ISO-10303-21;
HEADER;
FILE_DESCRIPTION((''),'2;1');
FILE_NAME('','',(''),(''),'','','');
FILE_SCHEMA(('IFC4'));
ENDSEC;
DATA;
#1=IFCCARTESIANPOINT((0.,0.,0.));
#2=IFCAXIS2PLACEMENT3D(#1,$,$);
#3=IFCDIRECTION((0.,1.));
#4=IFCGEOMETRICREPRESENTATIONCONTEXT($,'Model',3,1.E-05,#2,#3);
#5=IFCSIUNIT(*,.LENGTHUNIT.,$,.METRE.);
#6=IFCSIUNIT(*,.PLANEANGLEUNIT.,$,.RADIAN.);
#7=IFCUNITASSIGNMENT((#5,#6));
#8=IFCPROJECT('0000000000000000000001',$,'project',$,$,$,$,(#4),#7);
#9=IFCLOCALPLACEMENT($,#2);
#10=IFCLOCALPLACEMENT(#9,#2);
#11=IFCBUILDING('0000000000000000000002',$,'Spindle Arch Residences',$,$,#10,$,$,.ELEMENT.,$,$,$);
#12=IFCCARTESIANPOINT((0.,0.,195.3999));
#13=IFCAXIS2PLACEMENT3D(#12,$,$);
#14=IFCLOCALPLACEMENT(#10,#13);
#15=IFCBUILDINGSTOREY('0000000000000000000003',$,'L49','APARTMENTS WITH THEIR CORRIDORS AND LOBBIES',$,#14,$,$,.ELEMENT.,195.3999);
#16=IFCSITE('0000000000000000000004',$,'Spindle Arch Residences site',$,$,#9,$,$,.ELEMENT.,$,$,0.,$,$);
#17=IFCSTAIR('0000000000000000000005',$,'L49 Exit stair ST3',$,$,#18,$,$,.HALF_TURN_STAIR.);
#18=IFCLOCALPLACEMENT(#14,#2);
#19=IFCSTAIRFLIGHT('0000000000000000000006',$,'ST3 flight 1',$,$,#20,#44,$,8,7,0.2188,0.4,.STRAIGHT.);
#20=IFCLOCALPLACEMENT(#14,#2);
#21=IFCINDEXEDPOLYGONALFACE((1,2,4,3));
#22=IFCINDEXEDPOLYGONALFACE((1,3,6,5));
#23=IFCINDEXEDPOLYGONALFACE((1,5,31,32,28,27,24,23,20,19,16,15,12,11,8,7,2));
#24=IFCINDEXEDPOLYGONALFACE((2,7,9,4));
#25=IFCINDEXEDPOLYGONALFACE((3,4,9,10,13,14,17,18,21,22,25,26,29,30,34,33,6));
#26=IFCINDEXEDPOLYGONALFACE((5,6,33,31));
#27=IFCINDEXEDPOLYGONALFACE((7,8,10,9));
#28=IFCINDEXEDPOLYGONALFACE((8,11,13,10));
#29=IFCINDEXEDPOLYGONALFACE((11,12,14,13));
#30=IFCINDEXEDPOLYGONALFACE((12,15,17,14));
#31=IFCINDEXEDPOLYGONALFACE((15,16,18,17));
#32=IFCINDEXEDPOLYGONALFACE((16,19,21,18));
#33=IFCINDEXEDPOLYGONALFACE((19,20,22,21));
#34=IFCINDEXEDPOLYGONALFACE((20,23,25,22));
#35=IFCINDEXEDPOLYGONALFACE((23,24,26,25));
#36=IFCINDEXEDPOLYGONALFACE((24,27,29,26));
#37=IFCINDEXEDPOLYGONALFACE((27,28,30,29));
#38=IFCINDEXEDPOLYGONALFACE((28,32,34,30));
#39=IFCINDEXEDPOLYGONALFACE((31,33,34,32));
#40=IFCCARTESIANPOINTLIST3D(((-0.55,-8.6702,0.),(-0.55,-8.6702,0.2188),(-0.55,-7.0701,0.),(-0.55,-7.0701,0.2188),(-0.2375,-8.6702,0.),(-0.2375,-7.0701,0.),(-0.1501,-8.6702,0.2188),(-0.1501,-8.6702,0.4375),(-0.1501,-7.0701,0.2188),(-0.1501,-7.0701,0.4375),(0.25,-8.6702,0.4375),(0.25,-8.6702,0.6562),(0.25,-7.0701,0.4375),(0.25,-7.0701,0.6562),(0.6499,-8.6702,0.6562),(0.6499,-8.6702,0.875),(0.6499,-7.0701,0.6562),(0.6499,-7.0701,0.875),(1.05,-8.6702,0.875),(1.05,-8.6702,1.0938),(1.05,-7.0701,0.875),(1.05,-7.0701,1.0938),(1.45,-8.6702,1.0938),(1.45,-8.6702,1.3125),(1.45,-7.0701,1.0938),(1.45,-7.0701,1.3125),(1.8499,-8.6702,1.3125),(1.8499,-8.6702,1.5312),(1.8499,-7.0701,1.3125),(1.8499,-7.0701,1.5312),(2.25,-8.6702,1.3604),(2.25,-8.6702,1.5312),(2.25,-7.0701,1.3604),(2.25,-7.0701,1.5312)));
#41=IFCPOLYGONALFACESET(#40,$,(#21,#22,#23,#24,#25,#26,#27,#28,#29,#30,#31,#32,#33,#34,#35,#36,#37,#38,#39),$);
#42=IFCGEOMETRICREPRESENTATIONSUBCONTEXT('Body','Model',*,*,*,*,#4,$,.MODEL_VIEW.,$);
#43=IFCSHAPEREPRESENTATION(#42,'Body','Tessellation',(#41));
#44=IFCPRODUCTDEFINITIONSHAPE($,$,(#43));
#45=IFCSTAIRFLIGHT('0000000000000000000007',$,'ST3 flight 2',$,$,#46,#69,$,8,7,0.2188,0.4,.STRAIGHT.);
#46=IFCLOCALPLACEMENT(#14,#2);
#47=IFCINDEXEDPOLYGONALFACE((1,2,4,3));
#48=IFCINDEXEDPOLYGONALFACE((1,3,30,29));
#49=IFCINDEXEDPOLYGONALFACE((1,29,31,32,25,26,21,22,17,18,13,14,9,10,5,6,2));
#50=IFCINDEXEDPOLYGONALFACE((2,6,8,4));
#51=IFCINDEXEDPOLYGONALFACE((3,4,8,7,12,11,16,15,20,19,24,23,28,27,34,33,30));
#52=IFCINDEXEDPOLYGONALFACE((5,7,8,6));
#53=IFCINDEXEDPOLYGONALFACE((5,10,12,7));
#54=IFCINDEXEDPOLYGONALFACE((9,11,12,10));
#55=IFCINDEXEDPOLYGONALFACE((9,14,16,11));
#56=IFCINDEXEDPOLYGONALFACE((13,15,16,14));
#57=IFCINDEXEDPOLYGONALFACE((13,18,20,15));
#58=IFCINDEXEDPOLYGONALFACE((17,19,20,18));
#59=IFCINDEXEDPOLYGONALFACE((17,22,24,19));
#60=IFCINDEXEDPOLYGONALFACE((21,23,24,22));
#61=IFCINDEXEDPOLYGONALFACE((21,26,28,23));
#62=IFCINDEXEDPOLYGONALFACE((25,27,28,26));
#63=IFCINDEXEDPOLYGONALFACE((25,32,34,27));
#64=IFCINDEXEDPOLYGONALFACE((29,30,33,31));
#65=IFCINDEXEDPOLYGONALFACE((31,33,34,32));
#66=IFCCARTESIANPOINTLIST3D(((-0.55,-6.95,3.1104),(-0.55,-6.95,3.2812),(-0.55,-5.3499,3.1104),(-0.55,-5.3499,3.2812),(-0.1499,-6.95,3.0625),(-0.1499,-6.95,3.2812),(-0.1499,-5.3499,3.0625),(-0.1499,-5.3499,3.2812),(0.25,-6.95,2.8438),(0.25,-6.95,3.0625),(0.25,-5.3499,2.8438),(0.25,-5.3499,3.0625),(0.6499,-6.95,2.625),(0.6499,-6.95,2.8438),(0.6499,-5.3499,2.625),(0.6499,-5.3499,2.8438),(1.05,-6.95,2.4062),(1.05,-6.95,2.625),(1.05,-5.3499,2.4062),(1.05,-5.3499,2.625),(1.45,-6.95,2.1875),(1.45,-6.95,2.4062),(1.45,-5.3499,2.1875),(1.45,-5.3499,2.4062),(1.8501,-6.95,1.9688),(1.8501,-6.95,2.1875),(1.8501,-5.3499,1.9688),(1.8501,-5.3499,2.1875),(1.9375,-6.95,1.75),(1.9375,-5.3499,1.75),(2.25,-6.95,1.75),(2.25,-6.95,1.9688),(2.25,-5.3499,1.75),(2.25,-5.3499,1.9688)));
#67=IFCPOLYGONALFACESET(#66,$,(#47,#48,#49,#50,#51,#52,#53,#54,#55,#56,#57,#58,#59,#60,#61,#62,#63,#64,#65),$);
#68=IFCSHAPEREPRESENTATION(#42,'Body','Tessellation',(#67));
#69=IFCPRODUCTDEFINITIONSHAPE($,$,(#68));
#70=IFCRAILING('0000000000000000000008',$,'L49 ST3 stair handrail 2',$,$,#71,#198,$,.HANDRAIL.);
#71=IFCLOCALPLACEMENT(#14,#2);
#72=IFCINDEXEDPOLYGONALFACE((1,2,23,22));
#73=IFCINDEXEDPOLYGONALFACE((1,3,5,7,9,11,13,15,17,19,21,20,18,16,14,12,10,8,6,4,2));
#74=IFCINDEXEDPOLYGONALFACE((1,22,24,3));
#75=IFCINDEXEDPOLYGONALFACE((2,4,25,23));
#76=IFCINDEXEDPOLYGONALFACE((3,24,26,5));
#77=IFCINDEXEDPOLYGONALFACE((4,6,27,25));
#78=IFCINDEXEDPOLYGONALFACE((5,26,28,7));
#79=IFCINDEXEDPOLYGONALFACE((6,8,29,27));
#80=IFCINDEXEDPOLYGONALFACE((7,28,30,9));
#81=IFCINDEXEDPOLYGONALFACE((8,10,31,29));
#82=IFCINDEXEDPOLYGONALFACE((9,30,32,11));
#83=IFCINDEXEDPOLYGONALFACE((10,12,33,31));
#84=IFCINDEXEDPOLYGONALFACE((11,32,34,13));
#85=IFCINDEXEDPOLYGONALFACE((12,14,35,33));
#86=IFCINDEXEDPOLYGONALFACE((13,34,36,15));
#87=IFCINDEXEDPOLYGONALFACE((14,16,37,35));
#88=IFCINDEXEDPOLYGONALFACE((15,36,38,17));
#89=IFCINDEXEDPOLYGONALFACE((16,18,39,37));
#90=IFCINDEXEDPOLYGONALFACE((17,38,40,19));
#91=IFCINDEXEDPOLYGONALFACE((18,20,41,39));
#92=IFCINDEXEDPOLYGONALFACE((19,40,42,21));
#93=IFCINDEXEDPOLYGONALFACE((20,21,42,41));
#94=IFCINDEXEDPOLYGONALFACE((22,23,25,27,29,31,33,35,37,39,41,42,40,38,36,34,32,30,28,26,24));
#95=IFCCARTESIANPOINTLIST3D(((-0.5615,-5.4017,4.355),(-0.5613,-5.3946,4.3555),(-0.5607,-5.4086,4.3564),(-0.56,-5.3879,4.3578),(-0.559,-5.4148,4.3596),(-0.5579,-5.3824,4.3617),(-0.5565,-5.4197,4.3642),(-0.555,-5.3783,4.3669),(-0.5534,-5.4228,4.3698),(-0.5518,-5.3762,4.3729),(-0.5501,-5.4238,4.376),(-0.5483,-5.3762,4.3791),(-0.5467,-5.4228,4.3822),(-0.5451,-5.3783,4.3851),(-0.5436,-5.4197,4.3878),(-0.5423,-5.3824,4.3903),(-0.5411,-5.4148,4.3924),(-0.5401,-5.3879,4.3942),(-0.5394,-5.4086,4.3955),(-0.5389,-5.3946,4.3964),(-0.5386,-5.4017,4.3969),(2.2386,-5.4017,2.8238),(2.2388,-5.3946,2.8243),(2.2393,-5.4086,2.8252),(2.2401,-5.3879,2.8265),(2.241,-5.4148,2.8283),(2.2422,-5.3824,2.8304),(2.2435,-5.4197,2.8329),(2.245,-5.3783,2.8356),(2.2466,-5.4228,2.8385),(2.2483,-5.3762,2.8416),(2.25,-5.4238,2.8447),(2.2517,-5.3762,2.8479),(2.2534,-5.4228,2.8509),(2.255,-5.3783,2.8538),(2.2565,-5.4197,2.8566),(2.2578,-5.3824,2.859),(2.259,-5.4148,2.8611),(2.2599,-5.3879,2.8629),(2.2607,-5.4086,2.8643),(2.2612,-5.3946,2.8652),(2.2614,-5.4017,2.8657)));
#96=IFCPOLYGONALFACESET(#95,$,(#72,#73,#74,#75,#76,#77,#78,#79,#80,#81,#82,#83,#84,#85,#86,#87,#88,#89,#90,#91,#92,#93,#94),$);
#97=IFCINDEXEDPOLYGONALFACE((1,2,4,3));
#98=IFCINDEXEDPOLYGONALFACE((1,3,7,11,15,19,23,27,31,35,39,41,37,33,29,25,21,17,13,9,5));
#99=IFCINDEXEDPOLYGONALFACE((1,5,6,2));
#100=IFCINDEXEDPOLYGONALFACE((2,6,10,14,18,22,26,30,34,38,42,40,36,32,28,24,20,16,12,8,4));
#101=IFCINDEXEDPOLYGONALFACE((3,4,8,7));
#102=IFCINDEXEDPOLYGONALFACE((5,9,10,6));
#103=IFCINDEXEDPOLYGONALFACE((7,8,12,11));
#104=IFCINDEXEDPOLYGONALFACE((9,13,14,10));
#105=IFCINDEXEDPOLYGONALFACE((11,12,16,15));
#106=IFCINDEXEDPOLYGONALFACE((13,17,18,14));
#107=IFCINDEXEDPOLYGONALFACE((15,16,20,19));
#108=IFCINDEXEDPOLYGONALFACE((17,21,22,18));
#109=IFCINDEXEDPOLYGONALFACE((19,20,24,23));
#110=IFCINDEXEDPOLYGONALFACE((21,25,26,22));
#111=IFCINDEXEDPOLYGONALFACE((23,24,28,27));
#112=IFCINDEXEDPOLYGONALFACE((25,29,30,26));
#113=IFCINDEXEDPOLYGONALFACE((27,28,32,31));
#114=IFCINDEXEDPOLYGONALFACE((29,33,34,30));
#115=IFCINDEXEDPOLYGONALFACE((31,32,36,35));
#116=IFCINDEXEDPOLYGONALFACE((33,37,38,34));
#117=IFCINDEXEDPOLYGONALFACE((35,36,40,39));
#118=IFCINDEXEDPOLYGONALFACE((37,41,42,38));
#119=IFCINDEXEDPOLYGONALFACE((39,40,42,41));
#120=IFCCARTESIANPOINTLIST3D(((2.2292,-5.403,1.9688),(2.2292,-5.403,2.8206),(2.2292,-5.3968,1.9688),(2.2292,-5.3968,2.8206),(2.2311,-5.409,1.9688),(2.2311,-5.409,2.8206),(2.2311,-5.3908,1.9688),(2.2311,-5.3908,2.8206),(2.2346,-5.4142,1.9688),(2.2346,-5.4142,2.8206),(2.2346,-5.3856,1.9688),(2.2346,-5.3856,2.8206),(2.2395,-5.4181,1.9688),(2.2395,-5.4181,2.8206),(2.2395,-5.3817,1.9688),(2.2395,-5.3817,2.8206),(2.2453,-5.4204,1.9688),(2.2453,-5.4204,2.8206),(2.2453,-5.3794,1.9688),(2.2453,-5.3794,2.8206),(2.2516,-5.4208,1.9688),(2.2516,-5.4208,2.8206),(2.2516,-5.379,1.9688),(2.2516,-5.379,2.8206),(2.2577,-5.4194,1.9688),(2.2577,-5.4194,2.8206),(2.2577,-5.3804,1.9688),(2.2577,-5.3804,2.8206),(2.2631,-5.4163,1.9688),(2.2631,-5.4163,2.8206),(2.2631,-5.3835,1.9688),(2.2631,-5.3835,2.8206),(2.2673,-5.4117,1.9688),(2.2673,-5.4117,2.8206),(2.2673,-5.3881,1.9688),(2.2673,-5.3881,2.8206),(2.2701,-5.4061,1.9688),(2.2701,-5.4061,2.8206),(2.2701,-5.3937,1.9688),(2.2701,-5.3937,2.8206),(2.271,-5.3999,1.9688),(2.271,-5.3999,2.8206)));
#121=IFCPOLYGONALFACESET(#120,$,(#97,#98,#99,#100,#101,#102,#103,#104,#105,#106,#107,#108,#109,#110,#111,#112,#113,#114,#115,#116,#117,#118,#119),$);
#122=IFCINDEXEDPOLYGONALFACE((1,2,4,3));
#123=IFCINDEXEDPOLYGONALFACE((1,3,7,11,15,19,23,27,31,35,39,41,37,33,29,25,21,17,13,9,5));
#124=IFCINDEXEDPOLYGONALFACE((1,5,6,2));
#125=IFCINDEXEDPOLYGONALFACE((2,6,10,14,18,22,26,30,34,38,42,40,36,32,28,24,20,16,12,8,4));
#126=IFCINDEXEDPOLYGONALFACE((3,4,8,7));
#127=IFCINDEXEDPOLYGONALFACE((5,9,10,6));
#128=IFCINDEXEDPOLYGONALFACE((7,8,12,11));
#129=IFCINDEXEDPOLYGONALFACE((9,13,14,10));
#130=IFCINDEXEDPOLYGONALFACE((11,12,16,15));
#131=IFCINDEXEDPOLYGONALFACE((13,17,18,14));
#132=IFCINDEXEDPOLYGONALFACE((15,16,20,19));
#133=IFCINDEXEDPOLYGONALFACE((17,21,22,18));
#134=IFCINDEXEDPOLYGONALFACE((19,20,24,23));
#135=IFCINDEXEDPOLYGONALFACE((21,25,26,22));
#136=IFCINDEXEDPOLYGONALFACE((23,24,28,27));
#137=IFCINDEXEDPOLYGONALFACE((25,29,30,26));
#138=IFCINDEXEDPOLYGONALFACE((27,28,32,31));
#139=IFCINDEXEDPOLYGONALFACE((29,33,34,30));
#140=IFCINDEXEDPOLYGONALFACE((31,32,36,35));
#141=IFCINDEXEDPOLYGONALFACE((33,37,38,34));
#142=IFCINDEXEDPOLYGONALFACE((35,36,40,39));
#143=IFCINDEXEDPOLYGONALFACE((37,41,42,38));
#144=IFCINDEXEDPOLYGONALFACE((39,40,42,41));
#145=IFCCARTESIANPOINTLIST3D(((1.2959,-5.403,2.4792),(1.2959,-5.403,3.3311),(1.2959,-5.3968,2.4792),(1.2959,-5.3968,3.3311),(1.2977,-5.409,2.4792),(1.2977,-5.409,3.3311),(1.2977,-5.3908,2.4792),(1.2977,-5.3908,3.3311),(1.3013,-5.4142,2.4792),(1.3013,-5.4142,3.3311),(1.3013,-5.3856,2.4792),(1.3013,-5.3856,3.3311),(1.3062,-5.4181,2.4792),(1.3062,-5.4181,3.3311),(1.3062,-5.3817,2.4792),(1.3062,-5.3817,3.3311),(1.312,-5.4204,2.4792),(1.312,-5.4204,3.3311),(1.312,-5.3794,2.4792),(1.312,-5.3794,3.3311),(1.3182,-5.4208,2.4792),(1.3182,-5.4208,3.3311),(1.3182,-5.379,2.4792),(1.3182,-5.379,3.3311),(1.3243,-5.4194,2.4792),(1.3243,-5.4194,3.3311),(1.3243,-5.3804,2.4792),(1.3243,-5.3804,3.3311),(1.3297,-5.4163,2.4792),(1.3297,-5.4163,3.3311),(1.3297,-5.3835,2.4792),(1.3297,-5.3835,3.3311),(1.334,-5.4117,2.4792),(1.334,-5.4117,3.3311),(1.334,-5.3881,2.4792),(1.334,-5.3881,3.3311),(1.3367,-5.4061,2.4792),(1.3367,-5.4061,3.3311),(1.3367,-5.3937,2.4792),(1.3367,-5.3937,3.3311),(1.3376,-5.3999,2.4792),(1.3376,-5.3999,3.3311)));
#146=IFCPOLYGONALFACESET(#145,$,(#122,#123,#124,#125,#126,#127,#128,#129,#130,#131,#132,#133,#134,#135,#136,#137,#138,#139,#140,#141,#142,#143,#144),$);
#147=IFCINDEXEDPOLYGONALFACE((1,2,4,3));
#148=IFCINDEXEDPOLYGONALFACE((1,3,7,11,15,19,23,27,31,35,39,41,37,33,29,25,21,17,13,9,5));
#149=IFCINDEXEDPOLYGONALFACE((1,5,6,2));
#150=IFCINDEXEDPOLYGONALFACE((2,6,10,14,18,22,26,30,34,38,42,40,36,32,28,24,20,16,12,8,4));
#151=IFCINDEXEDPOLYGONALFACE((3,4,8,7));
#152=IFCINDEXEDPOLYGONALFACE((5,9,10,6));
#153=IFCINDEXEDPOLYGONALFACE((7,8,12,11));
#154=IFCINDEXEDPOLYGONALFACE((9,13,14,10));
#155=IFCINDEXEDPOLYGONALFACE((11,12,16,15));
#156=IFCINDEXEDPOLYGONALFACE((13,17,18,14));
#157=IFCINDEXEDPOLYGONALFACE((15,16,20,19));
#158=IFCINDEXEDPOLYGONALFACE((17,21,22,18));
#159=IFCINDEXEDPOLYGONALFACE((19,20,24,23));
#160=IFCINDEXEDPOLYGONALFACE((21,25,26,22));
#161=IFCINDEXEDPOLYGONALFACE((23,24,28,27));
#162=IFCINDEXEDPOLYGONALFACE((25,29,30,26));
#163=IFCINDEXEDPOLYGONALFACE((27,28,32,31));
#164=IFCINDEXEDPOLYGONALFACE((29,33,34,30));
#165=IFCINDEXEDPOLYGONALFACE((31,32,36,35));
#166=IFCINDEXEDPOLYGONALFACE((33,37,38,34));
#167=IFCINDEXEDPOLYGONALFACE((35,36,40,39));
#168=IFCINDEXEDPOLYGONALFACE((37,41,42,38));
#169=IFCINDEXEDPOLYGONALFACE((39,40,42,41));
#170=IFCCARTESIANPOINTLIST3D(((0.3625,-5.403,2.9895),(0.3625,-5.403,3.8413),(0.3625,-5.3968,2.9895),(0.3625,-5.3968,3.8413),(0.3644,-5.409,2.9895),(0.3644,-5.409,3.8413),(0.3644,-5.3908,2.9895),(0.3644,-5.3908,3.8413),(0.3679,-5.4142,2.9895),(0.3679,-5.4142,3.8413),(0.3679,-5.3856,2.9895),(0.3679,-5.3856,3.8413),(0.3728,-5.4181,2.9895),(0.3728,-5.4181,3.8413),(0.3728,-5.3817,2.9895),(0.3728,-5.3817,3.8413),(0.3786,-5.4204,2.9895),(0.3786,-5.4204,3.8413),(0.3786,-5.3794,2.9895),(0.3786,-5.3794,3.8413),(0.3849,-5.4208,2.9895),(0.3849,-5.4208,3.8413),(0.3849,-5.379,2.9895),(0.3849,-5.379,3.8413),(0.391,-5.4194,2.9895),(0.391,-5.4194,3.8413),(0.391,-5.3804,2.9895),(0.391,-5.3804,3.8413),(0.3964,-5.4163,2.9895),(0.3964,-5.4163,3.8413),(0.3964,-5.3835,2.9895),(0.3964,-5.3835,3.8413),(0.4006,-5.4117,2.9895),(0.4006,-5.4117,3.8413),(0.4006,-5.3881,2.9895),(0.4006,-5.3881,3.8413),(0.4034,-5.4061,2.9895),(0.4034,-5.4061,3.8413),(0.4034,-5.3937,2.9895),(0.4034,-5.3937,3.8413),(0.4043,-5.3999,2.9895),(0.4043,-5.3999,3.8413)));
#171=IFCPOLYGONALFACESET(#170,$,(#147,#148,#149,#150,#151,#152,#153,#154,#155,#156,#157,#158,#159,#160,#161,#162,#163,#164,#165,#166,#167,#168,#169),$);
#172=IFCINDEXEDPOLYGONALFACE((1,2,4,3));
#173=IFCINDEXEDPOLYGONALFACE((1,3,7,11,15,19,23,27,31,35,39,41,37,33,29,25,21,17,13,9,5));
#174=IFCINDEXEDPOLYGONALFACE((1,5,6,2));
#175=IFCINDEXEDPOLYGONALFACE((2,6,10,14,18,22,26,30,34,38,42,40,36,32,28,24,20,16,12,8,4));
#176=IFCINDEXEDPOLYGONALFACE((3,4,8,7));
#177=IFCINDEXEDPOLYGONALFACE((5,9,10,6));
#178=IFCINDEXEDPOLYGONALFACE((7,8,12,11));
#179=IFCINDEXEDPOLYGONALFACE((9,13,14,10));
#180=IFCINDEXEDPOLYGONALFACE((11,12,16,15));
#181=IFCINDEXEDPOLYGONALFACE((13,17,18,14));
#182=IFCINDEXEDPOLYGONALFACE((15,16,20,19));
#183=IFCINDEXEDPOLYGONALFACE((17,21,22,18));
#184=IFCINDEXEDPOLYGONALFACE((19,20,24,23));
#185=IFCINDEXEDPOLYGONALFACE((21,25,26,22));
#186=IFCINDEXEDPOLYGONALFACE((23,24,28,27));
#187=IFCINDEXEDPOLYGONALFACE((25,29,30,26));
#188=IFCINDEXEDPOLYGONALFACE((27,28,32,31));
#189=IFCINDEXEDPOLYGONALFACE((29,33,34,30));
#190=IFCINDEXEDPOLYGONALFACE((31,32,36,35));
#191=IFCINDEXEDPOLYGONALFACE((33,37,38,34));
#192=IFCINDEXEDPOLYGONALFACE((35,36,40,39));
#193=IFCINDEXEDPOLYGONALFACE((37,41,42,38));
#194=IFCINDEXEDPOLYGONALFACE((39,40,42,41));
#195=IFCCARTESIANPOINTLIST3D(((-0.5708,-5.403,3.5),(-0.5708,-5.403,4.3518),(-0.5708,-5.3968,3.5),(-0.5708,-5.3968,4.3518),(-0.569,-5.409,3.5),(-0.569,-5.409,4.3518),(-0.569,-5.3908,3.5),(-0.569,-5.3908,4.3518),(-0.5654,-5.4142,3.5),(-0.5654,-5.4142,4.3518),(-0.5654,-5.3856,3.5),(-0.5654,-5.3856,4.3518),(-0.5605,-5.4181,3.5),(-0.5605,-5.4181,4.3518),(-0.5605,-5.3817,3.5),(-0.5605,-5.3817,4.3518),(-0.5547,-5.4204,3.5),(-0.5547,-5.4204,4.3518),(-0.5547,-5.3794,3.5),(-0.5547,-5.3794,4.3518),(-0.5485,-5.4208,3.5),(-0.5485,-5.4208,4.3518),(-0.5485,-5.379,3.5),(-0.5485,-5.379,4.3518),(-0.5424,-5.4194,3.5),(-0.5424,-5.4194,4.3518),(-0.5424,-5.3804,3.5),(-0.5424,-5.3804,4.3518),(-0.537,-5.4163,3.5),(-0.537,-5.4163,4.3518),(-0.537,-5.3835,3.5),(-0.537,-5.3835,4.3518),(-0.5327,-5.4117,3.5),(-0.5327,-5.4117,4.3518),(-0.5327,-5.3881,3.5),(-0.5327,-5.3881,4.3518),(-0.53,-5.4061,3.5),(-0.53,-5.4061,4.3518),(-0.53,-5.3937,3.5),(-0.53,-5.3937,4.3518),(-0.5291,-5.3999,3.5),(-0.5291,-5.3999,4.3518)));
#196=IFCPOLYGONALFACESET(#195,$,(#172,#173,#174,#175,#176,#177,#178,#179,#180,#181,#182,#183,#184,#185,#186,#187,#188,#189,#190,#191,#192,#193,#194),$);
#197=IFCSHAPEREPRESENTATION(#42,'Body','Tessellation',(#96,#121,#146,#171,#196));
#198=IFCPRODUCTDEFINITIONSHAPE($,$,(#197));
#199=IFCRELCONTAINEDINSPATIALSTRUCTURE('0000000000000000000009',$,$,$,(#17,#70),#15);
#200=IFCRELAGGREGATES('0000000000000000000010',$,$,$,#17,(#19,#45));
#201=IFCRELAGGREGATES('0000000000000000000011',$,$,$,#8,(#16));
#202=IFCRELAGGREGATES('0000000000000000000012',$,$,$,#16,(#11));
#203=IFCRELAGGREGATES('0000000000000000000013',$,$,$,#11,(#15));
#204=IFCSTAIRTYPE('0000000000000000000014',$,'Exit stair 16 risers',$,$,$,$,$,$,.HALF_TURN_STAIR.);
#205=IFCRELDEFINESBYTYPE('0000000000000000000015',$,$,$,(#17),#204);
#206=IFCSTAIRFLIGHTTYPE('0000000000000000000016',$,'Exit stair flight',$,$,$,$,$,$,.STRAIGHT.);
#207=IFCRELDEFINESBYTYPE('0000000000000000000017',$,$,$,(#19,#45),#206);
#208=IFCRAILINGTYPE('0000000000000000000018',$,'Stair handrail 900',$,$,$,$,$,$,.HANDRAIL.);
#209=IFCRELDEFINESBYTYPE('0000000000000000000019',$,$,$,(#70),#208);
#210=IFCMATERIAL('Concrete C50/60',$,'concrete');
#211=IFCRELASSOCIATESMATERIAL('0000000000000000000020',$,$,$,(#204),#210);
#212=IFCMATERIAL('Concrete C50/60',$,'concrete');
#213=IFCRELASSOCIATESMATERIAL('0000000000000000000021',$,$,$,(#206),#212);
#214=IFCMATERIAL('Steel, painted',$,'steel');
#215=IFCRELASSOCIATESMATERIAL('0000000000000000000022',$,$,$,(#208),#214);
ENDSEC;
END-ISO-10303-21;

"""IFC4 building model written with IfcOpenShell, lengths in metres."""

from ifc_helpers import new_model, si_unit, direction, frame, origin, origin_2d, place, context, subcontext, project, spatial, polyline, circle, outline, extrude, material, type_object, element, aggregate, save


model = new_model("IFC4")

# Units and contexts
model_context = context("Model", 3, precision=1e-05, world=origin(), true_north=direction((0.0, 1.0)))
body_context = subcontext(model_context, "Body", "Model", "MODEL_VIEW")
ifc_project = project(units=[si_unit("LENGTHUNIT", "METRE"), si_unit("PLANEANGLEUNIT", "RADIAN")], contexts=[model_context])

# Site, building, storey
site_placement = place(None, origin())
site = spatial("IfcSite", under=ifc_project, at=site_placement, Name="Spindle Arch Residences site", CompositionType="ELEMENT", RefElevation=0.0)
building_placement = place(site_placement, origin())
building = spatial("IfcBuilding", under=site, at=building_placement, Name="Spindle Arch Residences", CompositionType="ELEMENT")
storey_placement = place(building_placement, frame((0.0, 0.0, 195.3999)))
storey = spatial("IfcBuildingStorey", under=building, at=storey_placement, Name="L49", Description="APARTMENTS WITH THEIR CORRIDORS AND LOBBIES", CompositionType="ELEMENT", Elevation=195.3999)

# Stair
ifc_material_1 = material(Name="Concrete C50/60", Category="concrete")
stair_type = type_object("IfcStairType", Name="Exit stair 16 risers", PredefinedType="HALF_TURN_STAIR", material=ifc_material_1)
stair_1_placement = place(storey_placement, origin())
stair_1 = element("IfcStair", 1, at=stair_1_placement, inside=storey, type_object=stair_type, Name="L49 Exit stair ST3", PredefinedType="HALF_TURN_STAIR")

# Stair flights
ifc_material_2 = material(Name="Concrete C50/60", Category="concrete")
stair_flight_type = type_object("IfcStairFlightType", Name="Exit stair flight", PredefinedType="STRAIGHT", material=ifc_material_2)
stair_flight_1_placement = place(storey_placement, frame((-0.55, -7.8701, 0.0), z_axis=(0.0, 0.0, 1.0), x_axis=(1.0, 0.0, 0.0)))
stair_flight_1 = element("IfcStairFlight", 2, at=stair_flight_1_placement, type_object=stair_flight_type, Name="ST3 flight 1", NumberOfRisers=8, NumberOfTreads=7, PredefinedType="STRAIGHT", RiserHeight=0.2188, TreadLength=0.4, context=body_context, shape_type="SweptSolid", body=[
    extrude(outline(polyline([(0.0, 0.0), (0.0, 0.2188), (0.3999, 0.2188), (0.3999, 0.4375), (0.8, 0.4375), (0.8, 0.6562), (1.2, 0.6562), (1.2, 0.875), (1.6001, 0.875), (1.6001, 1.0938), (2.0, 1.0938), (2.0, 1.3125), (2.3999, 1.3125), (2.3999, 1.5312), (2.8, 1.5312), (2.8, 1.75), (2.8, 1.3604), (0.3125, 0.0), (0.0, 0.0)])), frame((0.0, 0.8, 0.0), z_axis=(0.0, -1.0, 0.0), x_axis=(1.0, 0.0, 0.0)), (0.0, 0.0, 1.0), 1.6001),
])
stair_flight_2_placement = place(storey_placement, frame((2.25, -6.1499, 1.75), z_axis=(0.0, 0.0, 1.0), x_axis=(-1.0, 0.0, 0.0)))
stair_flight_2 = element("IfcStairFlight", 3, at=stair_flight_2_placement, type_object=stair_flight_type, Name="ST3 flight 2", NumberOfRisers=8, NumberOfTreads=7, PredefinedType="STRAIGHT", RiserHeight=0.2188, TreadLength=0.4, context=body_context, shape_type="SweptSolid", body=[
    extrude(outline(polyline([(0.0, 0.0), (0.0, 0.2188), (0.3999, 0.2188), (0.3999, 0.4375), (0.8, 0.4375), (0.8, 0.6562), (1.2, 0.6562), (1.2, 0.875), (1.6001, 0.875), (1.6001, 1.0938), (2.0, 1.0938), (2.0, 1.3125), (2.3999, 1.3125), (2.3999, 1.5312), (2.8, 1.5312), (2.8, 1.75), (2.8, 1.3604), (0.3125, 0.0), (0.0, 0.0)])), frame((0.0, 0.8, 0.0), z_axis=(0.0, -1.0, 0.0), x_axis=(1.0, 0.0, 0.0)), (0.0, 0.0, 1.0), 1.6001),
])
aggregate(stair_1, [stair_flight_1, stair_flight_2])

# Railing
ifc_material_3 = material(Name="Steel, painted", Category="steel")
railing_type_1 = type_object("IfcRailingType", Name="Stair handrail 900", PredefinedType="HANDRAIL", material=ifc_material_3)
railing_1_placement = place(storey_placement, frame((2.25, -5.3999, 1.9688)))
element("IfcRailing", 4, at=railing_1_placement, inside=storey, type_object=railing_type_1, Name="L49 ST3 stair handrail 2", PredefinedType="HANDRAIL", context=body_context, shape_type="SweptSolid", body=[
    extrude(circle(Radius=0.0239, at=origin_2d()), frame((0.0, 0.0, 0.876), z_axis=(-0.877375, 0.0, 0.479806), x_axis=(0.0, -1.0, 0.0)), (0.0, 0.0, 1.0), 3.1914),
    extrude(circle(Radius=0.021, at=origin_2d()), origin(), (0.0, 0.0, 1.0), 0.8518),
    extrude(circle(Radius=0.021, at=origin_2d()), frame((-0.9333, 0.0, 0.5105)), (0.0, 0.0, 1.0), 0.8518),
    extrude(circle(Radius=0.021, at=origin_2d()), frame((-1.8667, 0.0, 1.0208)), (0.0, 0.0, 1.0), 0.8518),
    extrude(circle(Radius=0.021, at=origin_2d()), frame((-2.8, 0.0, 1.5312)), (0.0, 0.0, 1.0), 0.8518),
])

save(model, "model.ifc")
